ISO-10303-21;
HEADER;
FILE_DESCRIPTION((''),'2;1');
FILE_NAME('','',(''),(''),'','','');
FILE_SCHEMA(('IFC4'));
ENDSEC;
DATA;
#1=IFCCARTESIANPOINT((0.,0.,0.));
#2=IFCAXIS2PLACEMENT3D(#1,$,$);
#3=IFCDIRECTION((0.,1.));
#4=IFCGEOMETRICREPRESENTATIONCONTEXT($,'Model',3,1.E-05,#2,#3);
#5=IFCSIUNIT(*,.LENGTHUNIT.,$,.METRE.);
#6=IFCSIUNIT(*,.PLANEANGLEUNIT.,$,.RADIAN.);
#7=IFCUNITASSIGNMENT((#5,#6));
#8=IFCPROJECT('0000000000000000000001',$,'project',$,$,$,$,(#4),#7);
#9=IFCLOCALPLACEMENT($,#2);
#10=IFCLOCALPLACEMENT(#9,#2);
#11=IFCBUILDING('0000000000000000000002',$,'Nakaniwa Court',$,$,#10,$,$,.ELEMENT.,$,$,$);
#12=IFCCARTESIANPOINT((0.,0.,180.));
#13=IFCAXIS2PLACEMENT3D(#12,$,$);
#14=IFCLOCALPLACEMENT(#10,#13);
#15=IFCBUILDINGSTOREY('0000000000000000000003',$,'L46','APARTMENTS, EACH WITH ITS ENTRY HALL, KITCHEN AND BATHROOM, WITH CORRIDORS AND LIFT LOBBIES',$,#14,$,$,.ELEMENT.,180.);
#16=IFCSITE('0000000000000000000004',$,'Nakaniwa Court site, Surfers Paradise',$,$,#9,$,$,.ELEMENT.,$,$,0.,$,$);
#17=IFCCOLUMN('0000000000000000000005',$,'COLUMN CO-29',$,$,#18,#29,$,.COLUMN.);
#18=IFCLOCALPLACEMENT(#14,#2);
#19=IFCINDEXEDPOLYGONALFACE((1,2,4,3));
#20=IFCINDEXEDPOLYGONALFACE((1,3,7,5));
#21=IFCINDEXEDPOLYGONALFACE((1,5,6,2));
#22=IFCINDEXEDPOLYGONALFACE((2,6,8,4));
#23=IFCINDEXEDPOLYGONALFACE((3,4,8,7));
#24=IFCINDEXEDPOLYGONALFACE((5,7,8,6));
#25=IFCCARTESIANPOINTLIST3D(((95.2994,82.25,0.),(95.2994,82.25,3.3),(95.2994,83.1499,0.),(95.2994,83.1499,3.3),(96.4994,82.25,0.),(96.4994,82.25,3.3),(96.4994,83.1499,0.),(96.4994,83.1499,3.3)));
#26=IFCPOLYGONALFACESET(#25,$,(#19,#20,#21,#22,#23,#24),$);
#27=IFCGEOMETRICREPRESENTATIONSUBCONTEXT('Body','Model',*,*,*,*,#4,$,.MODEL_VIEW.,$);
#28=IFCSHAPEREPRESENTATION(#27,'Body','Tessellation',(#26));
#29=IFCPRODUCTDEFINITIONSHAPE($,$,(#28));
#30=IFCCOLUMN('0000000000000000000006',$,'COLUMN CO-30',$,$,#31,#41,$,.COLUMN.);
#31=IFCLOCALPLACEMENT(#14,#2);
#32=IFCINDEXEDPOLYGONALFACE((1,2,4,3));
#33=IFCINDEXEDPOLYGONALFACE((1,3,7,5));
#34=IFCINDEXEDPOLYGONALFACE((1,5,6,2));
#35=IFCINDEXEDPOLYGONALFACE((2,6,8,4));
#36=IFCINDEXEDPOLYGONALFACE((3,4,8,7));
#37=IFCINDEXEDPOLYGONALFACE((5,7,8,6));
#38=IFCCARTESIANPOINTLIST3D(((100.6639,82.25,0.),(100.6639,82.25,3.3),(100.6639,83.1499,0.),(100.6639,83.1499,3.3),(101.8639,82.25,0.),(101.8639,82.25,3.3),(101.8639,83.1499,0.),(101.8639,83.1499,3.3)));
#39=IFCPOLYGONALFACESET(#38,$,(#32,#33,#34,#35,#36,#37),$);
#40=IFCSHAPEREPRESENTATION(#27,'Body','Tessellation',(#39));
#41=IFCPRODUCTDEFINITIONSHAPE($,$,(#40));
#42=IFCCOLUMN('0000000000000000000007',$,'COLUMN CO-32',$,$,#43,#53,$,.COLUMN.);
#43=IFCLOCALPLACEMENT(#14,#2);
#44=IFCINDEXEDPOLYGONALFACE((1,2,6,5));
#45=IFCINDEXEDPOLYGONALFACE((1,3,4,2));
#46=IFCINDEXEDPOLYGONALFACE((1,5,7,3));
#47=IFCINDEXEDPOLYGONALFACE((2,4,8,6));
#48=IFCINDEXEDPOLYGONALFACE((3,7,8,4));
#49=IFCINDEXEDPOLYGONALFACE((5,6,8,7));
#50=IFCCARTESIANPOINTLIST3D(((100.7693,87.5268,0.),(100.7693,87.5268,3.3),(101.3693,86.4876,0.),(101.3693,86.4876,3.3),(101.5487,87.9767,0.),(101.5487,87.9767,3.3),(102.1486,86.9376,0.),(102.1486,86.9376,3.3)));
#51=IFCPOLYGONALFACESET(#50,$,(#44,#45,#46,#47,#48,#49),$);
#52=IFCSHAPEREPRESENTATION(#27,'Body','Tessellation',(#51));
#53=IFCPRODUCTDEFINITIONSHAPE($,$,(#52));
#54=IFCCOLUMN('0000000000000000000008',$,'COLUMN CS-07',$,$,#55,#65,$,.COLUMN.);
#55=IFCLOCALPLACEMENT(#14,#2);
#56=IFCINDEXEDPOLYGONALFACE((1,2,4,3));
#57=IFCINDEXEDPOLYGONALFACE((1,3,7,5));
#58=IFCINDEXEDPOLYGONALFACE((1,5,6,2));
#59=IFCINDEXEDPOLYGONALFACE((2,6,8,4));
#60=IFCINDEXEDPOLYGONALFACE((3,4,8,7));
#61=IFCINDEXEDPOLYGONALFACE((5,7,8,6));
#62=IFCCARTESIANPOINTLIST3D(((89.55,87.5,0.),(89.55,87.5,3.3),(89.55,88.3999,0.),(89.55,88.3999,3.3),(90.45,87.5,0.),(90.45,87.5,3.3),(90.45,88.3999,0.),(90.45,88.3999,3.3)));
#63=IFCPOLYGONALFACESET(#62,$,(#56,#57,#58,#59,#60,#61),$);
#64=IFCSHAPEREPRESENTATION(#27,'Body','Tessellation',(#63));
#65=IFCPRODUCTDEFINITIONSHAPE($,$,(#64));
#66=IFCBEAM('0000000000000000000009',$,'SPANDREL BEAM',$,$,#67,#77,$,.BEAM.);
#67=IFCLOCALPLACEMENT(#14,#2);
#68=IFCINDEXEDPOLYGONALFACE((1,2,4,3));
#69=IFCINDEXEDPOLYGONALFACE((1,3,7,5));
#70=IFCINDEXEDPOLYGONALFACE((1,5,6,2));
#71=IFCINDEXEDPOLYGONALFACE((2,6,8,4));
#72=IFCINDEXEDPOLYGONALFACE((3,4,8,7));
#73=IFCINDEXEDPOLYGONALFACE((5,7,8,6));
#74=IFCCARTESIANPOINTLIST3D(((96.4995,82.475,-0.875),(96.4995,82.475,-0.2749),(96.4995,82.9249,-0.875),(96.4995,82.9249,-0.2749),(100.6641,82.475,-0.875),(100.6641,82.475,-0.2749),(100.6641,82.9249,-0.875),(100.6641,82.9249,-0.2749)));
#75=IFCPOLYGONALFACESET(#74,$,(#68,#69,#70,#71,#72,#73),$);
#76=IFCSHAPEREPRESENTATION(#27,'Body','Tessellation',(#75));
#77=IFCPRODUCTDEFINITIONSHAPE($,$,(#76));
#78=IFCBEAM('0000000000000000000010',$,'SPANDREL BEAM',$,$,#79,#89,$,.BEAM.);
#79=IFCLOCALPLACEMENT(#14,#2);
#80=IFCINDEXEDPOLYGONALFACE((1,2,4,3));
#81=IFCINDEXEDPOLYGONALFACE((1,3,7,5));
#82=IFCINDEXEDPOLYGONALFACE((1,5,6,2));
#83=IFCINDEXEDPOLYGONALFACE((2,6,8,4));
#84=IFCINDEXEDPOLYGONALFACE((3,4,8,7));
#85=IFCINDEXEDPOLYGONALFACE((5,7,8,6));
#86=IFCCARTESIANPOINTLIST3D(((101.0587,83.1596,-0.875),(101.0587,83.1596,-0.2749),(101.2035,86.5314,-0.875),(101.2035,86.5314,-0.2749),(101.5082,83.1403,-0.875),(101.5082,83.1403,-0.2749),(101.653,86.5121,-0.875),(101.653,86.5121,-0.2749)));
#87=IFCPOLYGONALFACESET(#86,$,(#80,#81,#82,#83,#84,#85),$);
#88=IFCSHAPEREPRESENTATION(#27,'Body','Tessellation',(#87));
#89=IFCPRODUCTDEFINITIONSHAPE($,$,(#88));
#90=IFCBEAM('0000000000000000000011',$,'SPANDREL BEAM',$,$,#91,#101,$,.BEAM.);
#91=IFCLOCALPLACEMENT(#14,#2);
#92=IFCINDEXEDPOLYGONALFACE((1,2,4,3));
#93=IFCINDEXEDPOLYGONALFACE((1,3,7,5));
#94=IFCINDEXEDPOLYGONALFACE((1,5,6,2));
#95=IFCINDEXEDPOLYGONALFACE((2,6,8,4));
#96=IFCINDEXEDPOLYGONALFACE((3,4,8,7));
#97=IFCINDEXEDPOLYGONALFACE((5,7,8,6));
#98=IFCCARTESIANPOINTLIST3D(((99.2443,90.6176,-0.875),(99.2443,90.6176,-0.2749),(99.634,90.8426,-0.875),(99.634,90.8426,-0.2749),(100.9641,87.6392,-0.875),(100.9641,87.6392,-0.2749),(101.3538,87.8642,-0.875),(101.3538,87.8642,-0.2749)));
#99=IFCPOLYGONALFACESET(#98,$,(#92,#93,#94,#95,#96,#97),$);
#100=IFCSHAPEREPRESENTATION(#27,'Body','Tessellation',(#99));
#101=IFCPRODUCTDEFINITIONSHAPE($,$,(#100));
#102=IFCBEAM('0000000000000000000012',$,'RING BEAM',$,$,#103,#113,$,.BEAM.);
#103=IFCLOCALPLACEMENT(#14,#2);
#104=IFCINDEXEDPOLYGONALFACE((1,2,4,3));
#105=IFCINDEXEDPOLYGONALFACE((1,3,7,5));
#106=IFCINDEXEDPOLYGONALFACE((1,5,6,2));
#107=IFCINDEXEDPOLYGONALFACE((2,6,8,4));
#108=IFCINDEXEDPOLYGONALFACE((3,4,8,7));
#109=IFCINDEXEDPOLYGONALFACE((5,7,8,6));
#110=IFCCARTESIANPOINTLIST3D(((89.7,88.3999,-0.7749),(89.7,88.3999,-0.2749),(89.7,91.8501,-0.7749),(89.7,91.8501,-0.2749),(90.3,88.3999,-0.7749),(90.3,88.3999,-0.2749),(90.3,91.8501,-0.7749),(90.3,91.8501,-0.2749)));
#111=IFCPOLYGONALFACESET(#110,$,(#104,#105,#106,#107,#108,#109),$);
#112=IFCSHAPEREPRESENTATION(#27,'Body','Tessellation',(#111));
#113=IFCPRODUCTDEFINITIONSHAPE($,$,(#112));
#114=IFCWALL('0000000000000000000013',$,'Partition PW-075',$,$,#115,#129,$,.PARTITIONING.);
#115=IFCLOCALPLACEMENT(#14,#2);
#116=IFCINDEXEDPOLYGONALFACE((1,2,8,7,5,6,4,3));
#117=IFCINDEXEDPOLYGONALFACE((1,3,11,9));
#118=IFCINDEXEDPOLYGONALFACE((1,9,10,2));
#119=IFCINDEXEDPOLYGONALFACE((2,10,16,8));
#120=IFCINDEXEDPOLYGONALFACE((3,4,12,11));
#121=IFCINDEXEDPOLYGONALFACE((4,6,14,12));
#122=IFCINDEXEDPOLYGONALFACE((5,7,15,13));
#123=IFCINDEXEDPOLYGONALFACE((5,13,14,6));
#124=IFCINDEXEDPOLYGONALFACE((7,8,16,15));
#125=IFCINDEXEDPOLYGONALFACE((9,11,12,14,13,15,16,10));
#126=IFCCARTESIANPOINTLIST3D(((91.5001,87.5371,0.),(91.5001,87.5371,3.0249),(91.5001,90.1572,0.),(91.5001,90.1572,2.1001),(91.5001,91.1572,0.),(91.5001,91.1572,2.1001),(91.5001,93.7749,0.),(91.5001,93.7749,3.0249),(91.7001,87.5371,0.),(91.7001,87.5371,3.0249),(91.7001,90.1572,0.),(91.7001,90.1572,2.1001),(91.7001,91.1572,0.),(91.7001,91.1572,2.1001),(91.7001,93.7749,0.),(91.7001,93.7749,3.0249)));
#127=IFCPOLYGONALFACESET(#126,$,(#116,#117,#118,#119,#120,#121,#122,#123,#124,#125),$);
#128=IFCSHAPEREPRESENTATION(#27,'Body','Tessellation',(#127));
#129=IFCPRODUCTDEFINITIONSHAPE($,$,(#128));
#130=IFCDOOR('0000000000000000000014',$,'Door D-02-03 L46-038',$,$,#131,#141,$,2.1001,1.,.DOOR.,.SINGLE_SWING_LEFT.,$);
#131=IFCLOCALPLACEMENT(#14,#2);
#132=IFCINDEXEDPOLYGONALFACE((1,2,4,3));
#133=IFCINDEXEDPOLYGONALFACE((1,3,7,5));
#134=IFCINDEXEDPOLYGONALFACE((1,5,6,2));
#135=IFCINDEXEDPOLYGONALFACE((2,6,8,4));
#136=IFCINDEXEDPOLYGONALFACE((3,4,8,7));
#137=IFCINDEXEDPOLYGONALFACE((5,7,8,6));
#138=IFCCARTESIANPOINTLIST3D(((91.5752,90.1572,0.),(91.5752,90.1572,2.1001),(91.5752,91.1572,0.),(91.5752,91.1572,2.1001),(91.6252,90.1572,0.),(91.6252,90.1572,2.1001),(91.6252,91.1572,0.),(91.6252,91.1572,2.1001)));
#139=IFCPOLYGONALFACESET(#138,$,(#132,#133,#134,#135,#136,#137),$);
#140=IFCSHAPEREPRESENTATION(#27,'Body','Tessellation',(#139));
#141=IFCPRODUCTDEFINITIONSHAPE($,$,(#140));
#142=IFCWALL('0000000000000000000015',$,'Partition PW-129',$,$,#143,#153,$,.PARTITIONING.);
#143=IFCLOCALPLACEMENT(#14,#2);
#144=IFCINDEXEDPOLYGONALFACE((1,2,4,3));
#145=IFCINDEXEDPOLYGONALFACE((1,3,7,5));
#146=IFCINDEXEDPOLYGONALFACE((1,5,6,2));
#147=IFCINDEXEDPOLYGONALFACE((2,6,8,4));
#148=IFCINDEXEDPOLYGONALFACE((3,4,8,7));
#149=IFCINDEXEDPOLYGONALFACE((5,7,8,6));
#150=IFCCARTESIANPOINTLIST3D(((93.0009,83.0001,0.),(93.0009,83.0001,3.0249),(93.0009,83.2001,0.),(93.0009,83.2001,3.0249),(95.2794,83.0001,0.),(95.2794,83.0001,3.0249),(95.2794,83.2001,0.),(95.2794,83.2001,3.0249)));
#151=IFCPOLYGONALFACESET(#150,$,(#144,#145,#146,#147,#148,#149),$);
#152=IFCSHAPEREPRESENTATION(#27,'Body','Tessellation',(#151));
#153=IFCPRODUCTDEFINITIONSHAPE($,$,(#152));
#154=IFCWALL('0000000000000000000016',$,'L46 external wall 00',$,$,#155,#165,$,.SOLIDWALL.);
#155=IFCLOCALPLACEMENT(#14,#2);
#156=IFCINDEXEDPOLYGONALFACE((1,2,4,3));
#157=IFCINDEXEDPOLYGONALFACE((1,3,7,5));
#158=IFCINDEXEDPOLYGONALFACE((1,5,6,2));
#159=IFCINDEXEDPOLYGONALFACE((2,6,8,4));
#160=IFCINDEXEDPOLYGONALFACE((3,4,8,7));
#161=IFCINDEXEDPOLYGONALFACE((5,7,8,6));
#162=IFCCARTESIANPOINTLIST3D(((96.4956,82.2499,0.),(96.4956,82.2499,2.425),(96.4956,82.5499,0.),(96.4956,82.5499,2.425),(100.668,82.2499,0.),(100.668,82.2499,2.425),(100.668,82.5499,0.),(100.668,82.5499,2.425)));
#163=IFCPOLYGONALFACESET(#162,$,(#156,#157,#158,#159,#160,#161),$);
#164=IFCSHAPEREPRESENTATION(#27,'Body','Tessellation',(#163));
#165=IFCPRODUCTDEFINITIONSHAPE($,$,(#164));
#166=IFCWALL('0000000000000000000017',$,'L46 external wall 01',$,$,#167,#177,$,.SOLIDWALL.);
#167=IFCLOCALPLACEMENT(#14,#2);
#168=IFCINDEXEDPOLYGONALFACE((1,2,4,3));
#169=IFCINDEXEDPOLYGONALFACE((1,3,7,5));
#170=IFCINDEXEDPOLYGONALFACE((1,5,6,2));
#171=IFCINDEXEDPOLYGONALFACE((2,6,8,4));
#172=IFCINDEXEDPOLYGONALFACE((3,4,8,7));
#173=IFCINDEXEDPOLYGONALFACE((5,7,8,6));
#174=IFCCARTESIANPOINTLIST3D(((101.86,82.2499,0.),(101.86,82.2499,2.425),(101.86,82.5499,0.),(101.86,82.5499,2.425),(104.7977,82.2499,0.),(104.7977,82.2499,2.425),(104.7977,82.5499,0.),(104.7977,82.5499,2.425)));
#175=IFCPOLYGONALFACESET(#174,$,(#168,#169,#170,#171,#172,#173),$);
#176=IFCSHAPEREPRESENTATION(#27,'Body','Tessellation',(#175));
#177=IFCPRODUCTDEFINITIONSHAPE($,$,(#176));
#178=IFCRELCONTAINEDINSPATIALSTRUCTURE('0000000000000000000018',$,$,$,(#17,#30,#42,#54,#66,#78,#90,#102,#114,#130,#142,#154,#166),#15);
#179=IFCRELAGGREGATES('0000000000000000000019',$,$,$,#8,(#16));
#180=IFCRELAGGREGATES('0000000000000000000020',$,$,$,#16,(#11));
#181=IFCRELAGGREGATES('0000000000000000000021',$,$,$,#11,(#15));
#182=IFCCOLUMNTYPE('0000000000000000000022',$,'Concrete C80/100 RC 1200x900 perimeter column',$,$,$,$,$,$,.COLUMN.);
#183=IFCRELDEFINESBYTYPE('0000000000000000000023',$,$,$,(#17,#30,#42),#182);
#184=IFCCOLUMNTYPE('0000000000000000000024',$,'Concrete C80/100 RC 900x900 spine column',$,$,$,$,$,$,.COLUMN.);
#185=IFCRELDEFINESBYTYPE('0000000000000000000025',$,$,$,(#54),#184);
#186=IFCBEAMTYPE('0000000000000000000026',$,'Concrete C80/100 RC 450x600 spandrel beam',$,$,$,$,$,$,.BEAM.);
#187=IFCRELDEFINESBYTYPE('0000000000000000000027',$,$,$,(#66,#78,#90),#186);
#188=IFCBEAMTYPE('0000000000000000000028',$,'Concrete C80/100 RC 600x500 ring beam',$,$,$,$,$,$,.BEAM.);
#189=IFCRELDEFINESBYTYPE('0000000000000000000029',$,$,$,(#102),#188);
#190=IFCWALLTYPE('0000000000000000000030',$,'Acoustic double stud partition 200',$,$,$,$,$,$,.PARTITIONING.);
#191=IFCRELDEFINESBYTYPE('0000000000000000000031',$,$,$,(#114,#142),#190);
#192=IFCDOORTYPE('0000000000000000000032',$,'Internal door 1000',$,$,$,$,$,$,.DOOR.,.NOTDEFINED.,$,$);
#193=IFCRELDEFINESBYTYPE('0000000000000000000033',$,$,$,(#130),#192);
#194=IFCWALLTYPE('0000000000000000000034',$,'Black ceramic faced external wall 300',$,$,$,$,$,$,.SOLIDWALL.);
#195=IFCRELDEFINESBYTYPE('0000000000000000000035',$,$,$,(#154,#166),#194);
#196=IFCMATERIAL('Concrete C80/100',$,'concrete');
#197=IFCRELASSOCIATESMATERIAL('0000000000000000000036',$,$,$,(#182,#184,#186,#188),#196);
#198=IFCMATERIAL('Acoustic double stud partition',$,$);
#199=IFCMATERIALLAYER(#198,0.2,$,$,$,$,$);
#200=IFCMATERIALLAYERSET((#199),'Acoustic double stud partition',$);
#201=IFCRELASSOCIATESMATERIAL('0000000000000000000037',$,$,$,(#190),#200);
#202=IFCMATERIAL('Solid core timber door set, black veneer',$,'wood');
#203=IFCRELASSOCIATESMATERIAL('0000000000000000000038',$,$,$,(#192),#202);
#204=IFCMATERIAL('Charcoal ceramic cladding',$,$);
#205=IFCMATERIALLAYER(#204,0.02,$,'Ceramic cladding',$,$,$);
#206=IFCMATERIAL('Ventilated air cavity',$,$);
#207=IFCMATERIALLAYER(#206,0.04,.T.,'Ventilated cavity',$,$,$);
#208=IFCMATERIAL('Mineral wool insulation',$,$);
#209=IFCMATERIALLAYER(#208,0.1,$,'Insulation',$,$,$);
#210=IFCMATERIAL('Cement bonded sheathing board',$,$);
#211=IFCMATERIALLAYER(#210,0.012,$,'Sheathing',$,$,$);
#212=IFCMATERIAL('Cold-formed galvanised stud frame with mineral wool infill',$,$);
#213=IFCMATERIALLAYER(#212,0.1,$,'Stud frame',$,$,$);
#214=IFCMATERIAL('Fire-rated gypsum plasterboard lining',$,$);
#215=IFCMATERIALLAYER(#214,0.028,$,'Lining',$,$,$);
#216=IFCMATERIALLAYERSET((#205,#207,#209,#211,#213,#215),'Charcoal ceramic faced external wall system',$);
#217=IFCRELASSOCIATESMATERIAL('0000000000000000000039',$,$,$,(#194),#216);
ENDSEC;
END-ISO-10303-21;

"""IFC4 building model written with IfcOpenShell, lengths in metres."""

from ifc_helpers import new_model, si_unit, direction, frame, frame_2d, origin, origin_2d, place, context, subcontext, project, spatial, rectangle, extrude, material, layer, layer_set, material_profile, profile_set, type_object, element, fill, save


model = new_model("IFC4")

# Units and contexts
model_context = context("Model", 3, precision=1e-05, world=origin(), true_north=direction((0.0, 1.0)))
body_context = subcontext(model_context, "Body", "Model", "MODEL_VIEW")
ifc_project = project(units=[si_unit("LENGTHUNIT", "METRE"), si_unit("PLANEANGLEUNIT", "RADIAN")], contexts=[model_context])

# Site, building, storey
site_placement = place(None, origin())
site = spatial("IfcSite", under=ifc_project, at=site_placement, Name="Nakaniwa Court site, Surfers Paradise", CompositionType="ELEMENT", RefElevation=0.0)
building_placement = place(site_placement, origin())
building = spatial("IfcBuilding", under=site, at=building_placement, Name="Nakaniwa Court", CompositionType="ELEMENT")
storey_placement = place(building_placement, frame((0.0, 0.0, 180.0)))
storey = spatial("IfcBuildingStorey", under=building, at=storey_placement, Name="L46", Description="APARTMENTS, EACH WITH ITS ENTRY HALL, KITCHEN AND BATHROOM, WITH CORRIDORS AND LIFT LOBBIES", CompositionType="ELEMENT", Elevation=180.0)

# Columns
ifc_material_1 = material(Name="Concrete C80/100", Category="concrete")
ifc_material_profile_1 = material_profile(ifc_material_1, rectangle(XDim=1.2, YDim=0.8999, at=origin_2d()), Name="Concrete C80/100 RC 1200x900 perimeter column")
ifc_profile_set_1 = profile_set([ifc_material_profile_1], Name="Concrete C80/100")
column_type_1 = type_object("IfcColumnType", Name="Concrete C80/100 RC 1200x900 perimeter column", PredefinedType="COLUMN", material=ifc_profile_set_1)
for number, where, z_axis, x_axis, name in (
    (1, (95.8994, 82.7, 0.0), (0.0, 0.0, 1.0), (1.0, 0.0, 0.0), "COLUMN CO-29"),
    (2, (101.2639, 82.7, 0.0), (0.0, 0.0, 1.0), (1.0, 0.0, 0.0), "COLUMN CO-30"),
    (3, (101.459, 87.2322, 0.0), (0.0, 0.0, 1.0), (-0.5, 0.866025, 0.0), "COLUMN CO-32"),
):
    element("IfcColumn", number, at=place(storey_placement, frame(where, z_axis=z_axis, x_axis=x_axis)), inside=storey, type_object=column_type_1, Name=name, PredefinedType="COLUMN", context=body_context, shape_type="SweptSolid", body=[
        extrude(rectangle(XDim=1.2, YDim=0.8999, at=origin_2d()), origin(), (0.0, 0.0, 1.0), 3.3),
    ])
ifc_material_profile_2 = material_profile(ifc_material_1, rectangle(XDim=0.8999, YDim=0.8999, at=origin_2d()), Name="Concrete C80/100 RC 900x900 spine column")
ifc_profile_set_2 = profile_set([ifc_material_profile_2], Name="Concrete C80/100")
column_type_2 = type_object("IfcColumnType", Name="Concrete C80/100 RC 900x900 spine column", PredefinedType="COLUMN", material=ifc_profile_set_2)
column_placement = place(storey_placement, frame((90.0, 87.95, 0.0), z_axis=(0.0, 0.0, 1.0), x_axis=(0.0, 1.0, 0.0)))
element("IfcColumn", 4, at=column_placement, inside=storey, type_object=column_type_2, Name="COLUMN CS-07", PredefinedType="COLUMN", context=body_context, shape_type="SweptSolid", body=[
    extrude(rectangle(XDim=0.8999, YDim=0.8999, at=origin_2d()), origin(), (0.0, 0.0, 1.0), 3.3),
])

# Beams
ifc_material_profile_3 = material_profile(ifc_material_1, rectangle(XDim=0.45, YDim=0.6001, at=origin_2d()), Name="Concrete C80/100 RC 450x600 spandrel beam")
ifc_profile_set_3 = profile_set([ifc_material_profile_3], Name="Concrete C80/100")
beam_type_1 = type_object("IfcBeamType", Name="Concrete C80/100 RC 450x600 spandrel beam", PredefinedType="BEAM", material=ifc_profile_set_3)
beam_1_placement = place(storey_placement, frame((96.4995, 82.7, -0.575), z_axis=(1.0, 0.0, 0.0), x_axis=(0.0, 1.0, 0.0)))
element("IfcBeam", 5, at=beam_1_placement, inside=storey, type_object=beam_type_1, Name="SPANDREL BEAM", PredefinedType="BEAM", context=body_context, shape_type="SweptSolid", body=[
    extrude(rectangle(XDim=0.45, YDim=0.6001, at=origin_2d()), origin(), (0.0, 0.0, 1.0), 4.1646),
])
beam_2_placement = place(storey_placement, frame((101.2834, 83.1499, -0.575), z_axis=(0.042897, 0.999079, 0.0), x_axis=(-0.999079, 0.042897, 0.0)))
element("IfcBeam", 6, at=beam_2_placement, inside=storey, type_object=beam_type_1, Name="SPANDREL BEAM", PredefinedType="BEAM", context=body_context, shape_type="SweptSolid", body=[
    extrude(rectangle(XDim=0.45, YDim=0.6001, at=origin_2d()), origin(), (0.0, 0.0, 1.0), 3.375),
])
beam_3_placement = place(storey_placement, frame((101.1589, 87.7517, -0.575), z_axis=(-0.500048, 0.865998, 0.0), x_axis=(-0.865998, -0.500048, 0.0)))
element("IfcBeam", 7, at=beam_3_placement, inside=storey, type_object=beam_type_1, Name="SPANDREL BEAM", PredefinedType="BEAM", context=body_context, shape_type="SweptSolid", body=[
    extrude(rectangle(XDim=0.45, YDim=0.6001, at=origin_2d()), origin(), (0.0, 0.0, 1.0), 3.4392),
])
ifc_material_profile_4 = material_profile(ifc_material_1, rectangle(XDim=0.6001, YDim=0.5, at=origin_2d()), Name="Concrete C80/100 RC 600x500 ring beam")
ifc_profile_set_4 = profile_set([ifc_material_profile_4], Name="Concrete C80/100")
beam_type_2 = type_object("IfcBeamType", Name="Concrete C80/100 RC 600x500 ring beam", PredefinedType="BEAM", material=ifc_profile_set_4)
beam_4_placement = place(storey_placement, frame((90.0, 88.3999, -0.5249), z_axis=(0.0, 1.0, 0.0), x_axis=(-1.0, 0.0, 0.0)))
element("IfcBeam", 8, at=beam_4_placement, inside=storey, type_object=beam_type_2, Name="RING BEAM", PredefinedType="BEAM", context=body_context, shape_type="SweptSolid", body=[
    extrude(rectangle(XDim=0.6001, YDim=0.5, at=origin_2d()), origin(), (0.0, 0.0, 1.0), 3.4502),
])

# Wall, opening, door
ifc_material_2 = material(Name="Acoustic double stud partition")
ifc_layer_1 = layer(ifc_material_2, 0.2)
ifc_layer_set_1 = layer_set([ifc_layer_1], Name="Acoustic double stud partition")
wall_type_1 = type_object("IfcWallType", Name="Acoustic double stud partition 200", PredefinedType="PARTITIONING", material=ifc_layer_set_1)
wall_1_placement = place(storey_placement, frame((91.6001, 87.5371, 0.0), z_axis=(0.0, 0.0, 1.0), x_axis=(0.0, 1.0, 0.0)))
wall_1 = element("IfcWall", 9, at=wall_1_placement, inside=storey, type_object=wall_type_1, Name="Partition PW-075", PredefinedType="PARTITIONING", context=body_context, shape_type="SweptSolid", body=[
    extrude(rectangle(XDim=6.2378, YDim=0.2, at=frame_2d((3.1189, 0.0))), origin(), (0.0, 0.0, 1.0), 3.0249),
])
opening_1_placement = place(wall_1_placement, frame((2.6201, 0.0, 0.0)))
opening_1 = element("IfcOpeningElement", 10, at=opening_1_placement, cuts=wall_1, PredefinedType="OPENING", context=body_context, shape_type="SweptSolid", body=[
    extrude(rectangle(XDim=1.0, YDim=2.1001, at=frame_2d((0.5, 1.05))), frame((0.0, 0.1099, 0.0), z_axis=(0.0, -1.0, 0.0), x_axis=(1.0, 0.0, 0.0)), (0.0, 0.0, 1.0), 0.22),
])
ifc_material_3 = material(Name="Solid core timber door set, black veneer", Category="wood")
door_type_1 = type_object("IfcDoorType", Name="Internal door 1000", OperationType="NOTDEFINED", PredefinedType="DOOR", material=ifc_material_3)
door_1_placement = place(opening_1_placement, origin())
door_1 = element("IfcDoor", 11, at=door_1_placement, inside=storey, type_object=door_type_1, Name="Door D-02-03 L46-038", OperationType="SINGLE_SWING_LEFT", OverallHeight=2.1001, OverallWidth=1.0, PredefinedType="DOOR", context=body_context, shape_type="SweptSolid", body=[
    extrude(rectangle(XDim=1.0, YDim=2.1001, at=frame_2d((0.5, 1.05))), frame((0.0, 0.0249, 0.0), z_axis=(0.0, -1.0, 0.0), x_axis=(1.0, 0.0, 0.0)), (0.0, 0.0, 1.0), 0.05),
])
fill(opening_1, door_1)

# Walls
wall_2_placement = place(storey_placement, frame((93.001, 83.1001, 0.0), z_axis=(0.0, 0.0, 1.0), x_axis=(1.0, 0.0, 0.0)))
element("IfcWall", 12, at=wall_2_placement, inside=storey, type_object=wall_type_1, Name="Partition PW-129", PredefinedType="PARTITIONING", context=body_context, shape_type="SweptSolid", body=[
    extrude(rectangle(XDim=2.2786, YDim=0.2, at=frame_2d((1.1392, 0.0))), origin(), (0.0, 0.0, 1.0), 3.0249),
])
ifc_material_4 = material(Name="Charcoal ceramic cladding")
ifc_layer_2 = layer(ifc_material_4, 0.02, Name="Ceramic cladding")
ifc_material_5 = material(Name="Ventilated air cavity")
ifc_layer_3 = layer(ifc_material_5, 0.04, ventilated=True, Name="Ventilated cavity")
ifc_material_6 = material(Name="Mineral wool insulation")
ifc_layer_4 = layer(ifc_material_6, 0.1, Name="Insulation")
ifc_material_7 = material(Name="Cement bonded sheathing board")
ifc_layer_5 = layer(ifc_material_7, 0.012, Name="Sheathing")
ifc_material_8 = material(Name="Cold-formed galvanised stud frame with mineral wool infill")
ifc_layer_6 = layer(ifc_material_8, 0.1, Name="Stud frame")
ifc_material_9 = material(Name="Fire-rated gypsum plasterboard lining")
ifc_layer_7 = layer(ifc_material_9, 0.028, Name="Lining")
ifc_layer_set_2 = layer_set([ifc_layer_2, ifc_layer_3, ifc_layer_4, ifc_layer_5, ifc_layer_6, ifc_layer_7], Name="Charcoal ceramic faced external wall system")
wall_type_2 = type_object("IfcWallType", Name="Black ceramic faced external wall 300", PredefinedType="SOLIDWALL", material=ifc_layer_set_2)
wall_3_placement = place(storey_placement, frame((96.4956, 82.3999, 0.0), z_axis=(0.0, 0.0, 1.0), x_axis=(1.0, 0.0, 0.0)))
element("IfcWall", 13, at=wall_3_placement, inside=storey, type_object=wall_type_2, Name="L46 external wall 00", PredefinedType="SOLIDWALL", context=body_context, shape_type="SweptSolid", body=[
    extrude(rectangle(XDim=4.1724, YDim=0.3, at=frame_2d((2.0862, 0.0))), origin(), (0.0, 0.0, 1.0), 2.425),
])
wall_4_placement = place(storey_placement, frame((101.8601, 82.3999, 0.0), z_axis=(0.0, 0.0, 1.0), x_axis=(1.0, 0.0, 0.0)))
element("IfcWall", 14, at=wall_4_placement, inside=storey, type_object=wall_type_2, Name="L46 external wall 01", PredefinedType="SOLIDWALL", context=body_context, shape_type="SweptSolid", body=[
    extrude(rectangle(XDim=2.9377, YDim=0.3, at=frame_2d((1.4688, 0.0))), origin(), (0.0, 0.0, 1.0), 2.425),
])

save(model, "model.ifc")
